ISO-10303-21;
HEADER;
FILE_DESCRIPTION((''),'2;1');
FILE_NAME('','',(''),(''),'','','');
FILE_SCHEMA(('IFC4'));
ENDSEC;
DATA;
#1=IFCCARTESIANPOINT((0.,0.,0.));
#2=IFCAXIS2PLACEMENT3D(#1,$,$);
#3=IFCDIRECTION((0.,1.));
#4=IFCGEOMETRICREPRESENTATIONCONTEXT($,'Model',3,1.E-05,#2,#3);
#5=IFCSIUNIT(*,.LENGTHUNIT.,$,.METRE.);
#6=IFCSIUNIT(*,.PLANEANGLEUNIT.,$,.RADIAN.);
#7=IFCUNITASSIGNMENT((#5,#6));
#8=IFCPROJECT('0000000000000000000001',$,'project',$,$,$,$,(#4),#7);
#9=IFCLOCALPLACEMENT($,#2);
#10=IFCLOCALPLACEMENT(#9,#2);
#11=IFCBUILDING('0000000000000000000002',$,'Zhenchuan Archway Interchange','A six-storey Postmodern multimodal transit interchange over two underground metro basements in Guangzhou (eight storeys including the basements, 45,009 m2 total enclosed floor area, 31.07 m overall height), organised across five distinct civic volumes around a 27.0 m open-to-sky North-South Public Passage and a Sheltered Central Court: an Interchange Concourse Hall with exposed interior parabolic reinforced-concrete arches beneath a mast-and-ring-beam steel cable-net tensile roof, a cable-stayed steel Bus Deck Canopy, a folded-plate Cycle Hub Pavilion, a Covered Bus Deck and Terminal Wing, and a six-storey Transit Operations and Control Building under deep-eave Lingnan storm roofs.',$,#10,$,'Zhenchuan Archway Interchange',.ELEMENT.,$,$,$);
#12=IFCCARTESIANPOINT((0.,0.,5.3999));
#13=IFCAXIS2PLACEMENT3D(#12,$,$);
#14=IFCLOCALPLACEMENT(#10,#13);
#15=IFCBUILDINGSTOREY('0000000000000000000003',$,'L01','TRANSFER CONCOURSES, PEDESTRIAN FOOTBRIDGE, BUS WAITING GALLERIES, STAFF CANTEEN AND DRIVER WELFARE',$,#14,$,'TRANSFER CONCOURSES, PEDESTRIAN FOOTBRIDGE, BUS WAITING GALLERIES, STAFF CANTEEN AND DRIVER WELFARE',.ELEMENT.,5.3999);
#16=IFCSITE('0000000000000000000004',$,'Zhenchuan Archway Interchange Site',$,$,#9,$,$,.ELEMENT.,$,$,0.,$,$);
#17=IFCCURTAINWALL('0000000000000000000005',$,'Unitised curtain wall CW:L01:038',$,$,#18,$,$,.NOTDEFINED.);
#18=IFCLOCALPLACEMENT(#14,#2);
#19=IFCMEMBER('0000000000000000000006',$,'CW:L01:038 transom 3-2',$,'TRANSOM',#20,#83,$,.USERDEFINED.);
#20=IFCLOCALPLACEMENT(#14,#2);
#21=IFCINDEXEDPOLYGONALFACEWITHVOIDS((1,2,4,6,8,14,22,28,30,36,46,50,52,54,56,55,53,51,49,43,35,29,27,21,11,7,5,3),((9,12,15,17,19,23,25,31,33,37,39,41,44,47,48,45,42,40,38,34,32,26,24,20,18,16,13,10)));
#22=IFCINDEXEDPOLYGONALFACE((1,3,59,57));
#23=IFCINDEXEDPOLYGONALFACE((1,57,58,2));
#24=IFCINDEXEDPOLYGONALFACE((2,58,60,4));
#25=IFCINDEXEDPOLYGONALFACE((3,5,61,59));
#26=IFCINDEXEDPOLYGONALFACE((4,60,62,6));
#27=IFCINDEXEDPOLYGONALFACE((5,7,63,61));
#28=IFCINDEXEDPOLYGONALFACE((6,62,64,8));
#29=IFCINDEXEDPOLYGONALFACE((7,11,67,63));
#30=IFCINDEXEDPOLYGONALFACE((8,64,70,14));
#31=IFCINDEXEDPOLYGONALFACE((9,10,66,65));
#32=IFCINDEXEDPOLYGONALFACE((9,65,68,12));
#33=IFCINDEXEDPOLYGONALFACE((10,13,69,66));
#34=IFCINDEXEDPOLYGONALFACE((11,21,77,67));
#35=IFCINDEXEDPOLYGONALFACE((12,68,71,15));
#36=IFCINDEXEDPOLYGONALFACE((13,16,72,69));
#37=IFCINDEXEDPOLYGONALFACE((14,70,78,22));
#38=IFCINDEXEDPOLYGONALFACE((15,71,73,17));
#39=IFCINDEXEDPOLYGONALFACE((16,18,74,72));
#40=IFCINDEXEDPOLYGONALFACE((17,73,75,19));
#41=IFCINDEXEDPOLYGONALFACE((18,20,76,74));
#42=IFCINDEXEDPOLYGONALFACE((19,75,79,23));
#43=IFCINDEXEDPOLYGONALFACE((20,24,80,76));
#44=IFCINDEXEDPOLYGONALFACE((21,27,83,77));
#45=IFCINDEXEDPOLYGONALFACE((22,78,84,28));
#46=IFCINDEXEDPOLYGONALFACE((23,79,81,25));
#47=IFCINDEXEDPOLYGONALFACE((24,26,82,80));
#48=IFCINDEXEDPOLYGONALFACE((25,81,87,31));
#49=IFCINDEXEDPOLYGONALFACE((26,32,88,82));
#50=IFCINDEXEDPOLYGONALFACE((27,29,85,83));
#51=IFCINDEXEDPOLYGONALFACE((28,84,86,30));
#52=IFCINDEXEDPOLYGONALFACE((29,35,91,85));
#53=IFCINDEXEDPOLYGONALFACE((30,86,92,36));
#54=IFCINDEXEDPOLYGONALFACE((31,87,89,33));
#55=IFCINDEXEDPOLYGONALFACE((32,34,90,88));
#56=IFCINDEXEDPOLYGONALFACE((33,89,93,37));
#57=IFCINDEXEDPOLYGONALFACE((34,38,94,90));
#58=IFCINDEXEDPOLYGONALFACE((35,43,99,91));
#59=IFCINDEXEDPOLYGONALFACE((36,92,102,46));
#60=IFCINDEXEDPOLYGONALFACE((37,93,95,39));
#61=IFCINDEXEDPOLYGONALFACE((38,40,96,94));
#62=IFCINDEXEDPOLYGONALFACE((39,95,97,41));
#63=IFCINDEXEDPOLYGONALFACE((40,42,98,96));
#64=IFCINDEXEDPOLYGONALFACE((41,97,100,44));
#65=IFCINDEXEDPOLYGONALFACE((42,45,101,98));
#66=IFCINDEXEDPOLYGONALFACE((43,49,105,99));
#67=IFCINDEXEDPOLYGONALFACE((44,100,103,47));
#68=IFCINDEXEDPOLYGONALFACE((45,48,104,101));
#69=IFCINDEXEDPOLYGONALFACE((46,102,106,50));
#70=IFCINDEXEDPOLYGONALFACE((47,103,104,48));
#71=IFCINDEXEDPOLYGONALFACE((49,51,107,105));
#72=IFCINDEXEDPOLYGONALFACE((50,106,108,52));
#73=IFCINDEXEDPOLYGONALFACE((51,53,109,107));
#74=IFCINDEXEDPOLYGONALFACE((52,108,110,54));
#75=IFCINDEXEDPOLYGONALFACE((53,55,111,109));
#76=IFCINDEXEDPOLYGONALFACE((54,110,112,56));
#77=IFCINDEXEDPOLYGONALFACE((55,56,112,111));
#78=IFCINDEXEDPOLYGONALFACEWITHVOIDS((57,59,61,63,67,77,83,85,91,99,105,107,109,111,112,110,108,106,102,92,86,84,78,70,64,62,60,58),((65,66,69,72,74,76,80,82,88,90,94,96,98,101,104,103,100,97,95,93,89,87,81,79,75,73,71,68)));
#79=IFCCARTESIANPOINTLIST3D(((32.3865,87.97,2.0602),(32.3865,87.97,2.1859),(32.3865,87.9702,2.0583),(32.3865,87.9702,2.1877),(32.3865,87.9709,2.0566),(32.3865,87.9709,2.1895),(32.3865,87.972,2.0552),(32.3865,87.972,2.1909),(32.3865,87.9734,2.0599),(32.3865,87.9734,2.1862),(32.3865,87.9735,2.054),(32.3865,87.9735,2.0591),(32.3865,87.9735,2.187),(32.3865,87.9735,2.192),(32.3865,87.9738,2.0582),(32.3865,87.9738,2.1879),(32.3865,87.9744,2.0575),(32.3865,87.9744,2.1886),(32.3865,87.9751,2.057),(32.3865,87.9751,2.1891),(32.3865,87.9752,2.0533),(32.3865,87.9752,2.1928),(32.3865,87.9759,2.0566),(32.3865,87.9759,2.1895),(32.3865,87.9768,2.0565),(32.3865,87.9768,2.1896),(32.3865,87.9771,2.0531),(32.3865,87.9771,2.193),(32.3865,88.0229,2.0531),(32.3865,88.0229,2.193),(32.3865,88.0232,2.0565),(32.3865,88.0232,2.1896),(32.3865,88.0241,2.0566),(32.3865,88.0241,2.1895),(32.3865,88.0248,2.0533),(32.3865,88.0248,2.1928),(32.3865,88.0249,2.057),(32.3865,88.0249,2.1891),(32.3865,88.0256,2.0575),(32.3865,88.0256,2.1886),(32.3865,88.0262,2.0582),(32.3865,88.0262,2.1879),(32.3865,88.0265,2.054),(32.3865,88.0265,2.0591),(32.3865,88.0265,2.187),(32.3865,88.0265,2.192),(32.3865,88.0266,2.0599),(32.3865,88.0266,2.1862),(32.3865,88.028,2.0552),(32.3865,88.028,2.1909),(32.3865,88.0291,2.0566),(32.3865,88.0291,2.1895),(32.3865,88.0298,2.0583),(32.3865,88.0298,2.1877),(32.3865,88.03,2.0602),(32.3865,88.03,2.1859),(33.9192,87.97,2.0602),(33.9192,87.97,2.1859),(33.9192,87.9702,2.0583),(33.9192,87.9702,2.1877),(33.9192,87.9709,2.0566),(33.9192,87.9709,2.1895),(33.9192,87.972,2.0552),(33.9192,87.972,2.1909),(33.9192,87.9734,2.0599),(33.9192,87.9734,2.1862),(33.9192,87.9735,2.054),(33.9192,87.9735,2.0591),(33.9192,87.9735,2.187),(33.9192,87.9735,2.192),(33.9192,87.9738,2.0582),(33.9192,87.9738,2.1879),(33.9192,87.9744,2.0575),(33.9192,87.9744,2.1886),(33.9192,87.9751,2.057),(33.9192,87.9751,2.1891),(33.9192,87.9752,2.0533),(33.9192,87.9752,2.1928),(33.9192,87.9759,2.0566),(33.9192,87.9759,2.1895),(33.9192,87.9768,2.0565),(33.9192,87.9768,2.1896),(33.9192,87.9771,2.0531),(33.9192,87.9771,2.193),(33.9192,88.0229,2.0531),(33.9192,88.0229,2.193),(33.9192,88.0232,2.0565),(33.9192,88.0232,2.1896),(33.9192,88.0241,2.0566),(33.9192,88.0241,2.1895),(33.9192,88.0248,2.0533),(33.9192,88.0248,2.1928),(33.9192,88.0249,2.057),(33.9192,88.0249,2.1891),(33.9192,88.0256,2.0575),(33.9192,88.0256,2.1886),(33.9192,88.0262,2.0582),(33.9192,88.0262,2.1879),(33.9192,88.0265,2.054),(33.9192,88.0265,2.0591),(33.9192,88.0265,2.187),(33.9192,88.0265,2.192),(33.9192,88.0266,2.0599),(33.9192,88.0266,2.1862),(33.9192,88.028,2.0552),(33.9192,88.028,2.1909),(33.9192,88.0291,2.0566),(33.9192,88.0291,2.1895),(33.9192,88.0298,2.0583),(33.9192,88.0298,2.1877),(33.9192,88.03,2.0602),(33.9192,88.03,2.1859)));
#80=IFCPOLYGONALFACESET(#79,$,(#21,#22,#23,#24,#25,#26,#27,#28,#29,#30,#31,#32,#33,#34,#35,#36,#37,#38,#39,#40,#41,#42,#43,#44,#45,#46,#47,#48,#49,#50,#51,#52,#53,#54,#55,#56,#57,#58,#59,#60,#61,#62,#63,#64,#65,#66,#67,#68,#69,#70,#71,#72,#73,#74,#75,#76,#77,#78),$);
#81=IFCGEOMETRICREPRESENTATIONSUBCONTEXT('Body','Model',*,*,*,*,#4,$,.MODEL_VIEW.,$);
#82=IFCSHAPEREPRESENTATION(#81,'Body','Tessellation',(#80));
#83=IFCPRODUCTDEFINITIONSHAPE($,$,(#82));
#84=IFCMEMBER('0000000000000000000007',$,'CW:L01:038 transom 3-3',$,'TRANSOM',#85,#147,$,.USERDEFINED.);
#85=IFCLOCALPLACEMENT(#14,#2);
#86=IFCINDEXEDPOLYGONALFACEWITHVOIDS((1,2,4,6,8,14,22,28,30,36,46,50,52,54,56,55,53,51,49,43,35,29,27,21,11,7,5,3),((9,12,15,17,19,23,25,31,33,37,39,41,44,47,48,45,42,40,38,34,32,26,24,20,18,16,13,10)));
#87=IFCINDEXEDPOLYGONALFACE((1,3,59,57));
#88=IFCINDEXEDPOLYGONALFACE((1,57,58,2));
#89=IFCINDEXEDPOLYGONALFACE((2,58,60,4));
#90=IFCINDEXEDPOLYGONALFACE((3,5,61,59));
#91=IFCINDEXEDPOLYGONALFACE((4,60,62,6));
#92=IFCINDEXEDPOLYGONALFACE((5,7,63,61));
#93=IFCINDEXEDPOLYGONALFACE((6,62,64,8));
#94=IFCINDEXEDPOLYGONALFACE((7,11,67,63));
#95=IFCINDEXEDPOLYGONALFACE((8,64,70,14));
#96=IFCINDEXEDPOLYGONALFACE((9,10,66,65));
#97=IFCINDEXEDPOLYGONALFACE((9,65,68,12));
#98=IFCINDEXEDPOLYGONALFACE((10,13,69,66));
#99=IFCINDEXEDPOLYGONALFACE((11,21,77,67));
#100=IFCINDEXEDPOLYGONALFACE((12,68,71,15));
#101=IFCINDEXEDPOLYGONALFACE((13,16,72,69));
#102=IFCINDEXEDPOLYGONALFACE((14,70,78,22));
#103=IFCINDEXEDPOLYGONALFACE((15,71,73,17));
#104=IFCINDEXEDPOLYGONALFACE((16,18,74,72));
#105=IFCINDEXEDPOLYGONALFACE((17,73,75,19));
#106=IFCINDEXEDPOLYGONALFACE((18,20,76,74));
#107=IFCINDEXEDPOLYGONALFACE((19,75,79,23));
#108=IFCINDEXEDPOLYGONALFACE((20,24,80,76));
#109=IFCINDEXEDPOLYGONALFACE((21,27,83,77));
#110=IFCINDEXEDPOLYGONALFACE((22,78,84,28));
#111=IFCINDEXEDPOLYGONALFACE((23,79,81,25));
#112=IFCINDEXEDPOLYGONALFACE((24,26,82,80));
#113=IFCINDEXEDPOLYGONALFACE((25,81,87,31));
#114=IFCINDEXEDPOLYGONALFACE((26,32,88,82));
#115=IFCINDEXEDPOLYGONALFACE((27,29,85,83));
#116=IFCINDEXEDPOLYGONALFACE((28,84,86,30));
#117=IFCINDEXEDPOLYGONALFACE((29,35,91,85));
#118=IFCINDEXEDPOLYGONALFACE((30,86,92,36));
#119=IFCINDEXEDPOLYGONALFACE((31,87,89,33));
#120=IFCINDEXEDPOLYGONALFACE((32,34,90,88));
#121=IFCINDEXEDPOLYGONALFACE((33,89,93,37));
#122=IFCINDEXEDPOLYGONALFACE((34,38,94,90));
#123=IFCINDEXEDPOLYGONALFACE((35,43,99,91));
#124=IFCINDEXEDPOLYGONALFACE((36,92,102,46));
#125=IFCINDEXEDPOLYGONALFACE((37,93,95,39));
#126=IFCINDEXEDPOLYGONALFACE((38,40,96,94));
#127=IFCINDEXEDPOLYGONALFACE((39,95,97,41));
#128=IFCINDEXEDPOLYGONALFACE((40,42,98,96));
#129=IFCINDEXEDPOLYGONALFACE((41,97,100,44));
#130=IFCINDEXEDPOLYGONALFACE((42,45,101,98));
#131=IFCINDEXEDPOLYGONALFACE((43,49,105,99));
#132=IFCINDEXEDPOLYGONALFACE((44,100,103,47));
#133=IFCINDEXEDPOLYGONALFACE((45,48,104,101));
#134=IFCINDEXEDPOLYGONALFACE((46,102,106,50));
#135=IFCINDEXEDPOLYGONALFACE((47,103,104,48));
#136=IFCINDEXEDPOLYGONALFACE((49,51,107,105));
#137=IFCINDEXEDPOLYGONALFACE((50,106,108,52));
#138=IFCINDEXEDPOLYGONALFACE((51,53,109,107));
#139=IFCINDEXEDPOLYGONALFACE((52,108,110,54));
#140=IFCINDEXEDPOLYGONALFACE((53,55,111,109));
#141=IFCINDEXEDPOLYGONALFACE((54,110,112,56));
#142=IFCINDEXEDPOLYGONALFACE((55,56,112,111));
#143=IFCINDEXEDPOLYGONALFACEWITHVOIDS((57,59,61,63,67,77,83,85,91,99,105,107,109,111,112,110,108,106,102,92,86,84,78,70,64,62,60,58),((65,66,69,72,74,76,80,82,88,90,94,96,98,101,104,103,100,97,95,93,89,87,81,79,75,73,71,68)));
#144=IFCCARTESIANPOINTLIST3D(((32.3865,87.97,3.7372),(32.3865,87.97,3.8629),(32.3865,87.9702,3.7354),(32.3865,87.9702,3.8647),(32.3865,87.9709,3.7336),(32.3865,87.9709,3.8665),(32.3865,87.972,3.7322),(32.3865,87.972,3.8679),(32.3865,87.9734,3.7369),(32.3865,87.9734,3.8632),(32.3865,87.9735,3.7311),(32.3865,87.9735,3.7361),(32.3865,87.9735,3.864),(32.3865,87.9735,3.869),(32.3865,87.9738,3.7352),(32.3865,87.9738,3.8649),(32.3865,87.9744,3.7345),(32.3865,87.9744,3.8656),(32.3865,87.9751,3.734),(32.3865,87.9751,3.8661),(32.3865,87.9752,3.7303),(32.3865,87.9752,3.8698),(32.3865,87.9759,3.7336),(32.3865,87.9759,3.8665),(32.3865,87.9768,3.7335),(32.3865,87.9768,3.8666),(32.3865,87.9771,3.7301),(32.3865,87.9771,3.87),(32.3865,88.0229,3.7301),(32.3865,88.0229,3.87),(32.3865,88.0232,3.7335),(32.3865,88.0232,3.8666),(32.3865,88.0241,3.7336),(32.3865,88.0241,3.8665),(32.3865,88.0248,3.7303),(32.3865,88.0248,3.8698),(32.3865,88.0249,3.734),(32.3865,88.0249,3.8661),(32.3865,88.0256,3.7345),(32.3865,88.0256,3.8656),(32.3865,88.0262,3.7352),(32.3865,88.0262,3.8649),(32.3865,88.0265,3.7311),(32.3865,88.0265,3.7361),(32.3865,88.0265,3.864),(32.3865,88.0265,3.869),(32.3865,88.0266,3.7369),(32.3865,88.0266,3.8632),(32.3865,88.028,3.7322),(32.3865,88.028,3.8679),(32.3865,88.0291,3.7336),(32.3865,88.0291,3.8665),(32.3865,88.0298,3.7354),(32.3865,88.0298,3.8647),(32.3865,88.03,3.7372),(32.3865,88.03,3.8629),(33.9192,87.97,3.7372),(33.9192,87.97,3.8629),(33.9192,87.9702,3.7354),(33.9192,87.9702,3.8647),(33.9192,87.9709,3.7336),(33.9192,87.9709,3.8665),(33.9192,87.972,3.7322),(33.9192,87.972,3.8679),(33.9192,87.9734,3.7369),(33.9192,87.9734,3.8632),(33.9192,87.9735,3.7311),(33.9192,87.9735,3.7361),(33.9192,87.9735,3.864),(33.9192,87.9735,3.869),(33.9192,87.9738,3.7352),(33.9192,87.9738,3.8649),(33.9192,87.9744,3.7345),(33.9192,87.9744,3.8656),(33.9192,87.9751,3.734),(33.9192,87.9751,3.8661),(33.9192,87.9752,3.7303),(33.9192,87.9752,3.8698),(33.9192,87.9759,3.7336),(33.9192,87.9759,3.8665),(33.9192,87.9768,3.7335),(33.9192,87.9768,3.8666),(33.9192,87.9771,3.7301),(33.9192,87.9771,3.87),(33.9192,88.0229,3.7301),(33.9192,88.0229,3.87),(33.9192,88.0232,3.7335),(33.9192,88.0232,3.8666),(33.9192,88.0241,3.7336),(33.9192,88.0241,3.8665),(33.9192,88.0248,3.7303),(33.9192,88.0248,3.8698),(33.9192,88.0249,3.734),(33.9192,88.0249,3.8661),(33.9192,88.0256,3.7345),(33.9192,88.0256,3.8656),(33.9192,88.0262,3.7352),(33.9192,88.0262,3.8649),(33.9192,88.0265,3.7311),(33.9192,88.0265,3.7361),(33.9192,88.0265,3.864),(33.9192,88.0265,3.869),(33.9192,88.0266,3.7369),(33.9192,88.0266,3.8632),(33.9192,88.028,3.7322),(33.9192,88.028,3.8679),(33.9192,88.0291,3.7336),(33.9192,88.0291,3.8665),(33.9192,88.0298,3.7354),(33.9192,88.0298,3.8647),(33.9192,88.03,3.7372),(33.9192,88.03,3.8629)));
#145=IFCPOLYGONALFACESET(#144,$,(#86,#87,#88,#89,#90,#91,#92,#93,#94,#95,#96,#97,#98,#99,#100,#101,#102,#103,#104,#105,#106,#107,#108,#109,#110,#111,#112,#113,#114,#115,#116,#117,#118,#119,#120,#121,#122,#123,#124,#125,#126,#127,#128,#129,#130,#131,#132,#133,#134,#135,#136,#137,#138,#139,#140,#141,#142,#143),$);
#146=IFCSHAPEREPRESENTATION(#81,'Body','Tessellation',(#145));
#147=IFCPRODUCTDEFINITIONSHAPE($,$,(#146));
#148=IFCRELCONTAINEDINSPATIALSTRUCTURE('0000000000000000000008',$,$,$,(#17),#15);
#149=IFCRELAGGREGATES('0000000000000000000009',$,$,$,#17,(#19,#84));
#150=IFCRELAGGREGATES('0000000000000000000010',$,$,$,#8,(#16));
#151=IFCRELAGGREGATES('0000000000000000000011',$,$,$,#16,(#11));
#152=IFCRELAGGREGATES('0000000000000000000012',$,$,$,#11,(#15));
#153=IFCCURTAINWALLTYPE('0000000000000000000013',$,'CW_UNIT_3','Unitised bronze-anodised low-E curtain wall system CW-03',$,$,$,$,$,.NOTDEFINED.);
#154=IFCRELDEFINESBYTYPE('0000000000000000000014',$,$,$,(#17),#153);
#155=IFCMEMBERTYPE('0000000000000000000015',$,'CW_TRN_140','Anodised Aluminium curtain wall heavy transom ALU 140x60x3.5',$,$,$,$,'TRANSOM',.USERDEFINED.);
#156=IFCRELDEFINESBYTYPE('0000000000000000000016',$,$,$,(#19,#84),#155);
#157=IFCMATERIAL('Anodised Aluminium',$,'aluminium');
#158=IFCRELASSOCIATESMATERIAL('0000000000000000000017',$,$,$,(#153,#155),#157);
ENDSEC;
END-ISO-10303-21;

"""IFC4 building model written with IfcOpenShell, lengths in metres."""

from ifc_helpers import new_model, si_unit, direction, frame, origin, origin_2d, place, context, subcontext, project, spatial, hollow_rectangle, extrude, material, material_profile, profile_set, type_object, element, aggregate, save


model = new_model("IFC4")

# Units and contexts
model_context = context("Model", 3, precision=1e-05, world=origin(), true_north=direction((0.0, 1.0)))
body_context = subcontext(model_context, "Body", "Model", "MODEL_VIEW")
ifc_project = project(units=[si_unit("LENGTHUNIT", "METRE"), si_unit("PLANEANGLEUNIT", "RADIAN")], contexts=[model_context])

# Site, building, storey
site_placement = place(None, origin())
site = spatial("IfcSite", under=ifc_project, at=site_placement, Name="Zhenchuan Archway Interchange Site", CompositionType="ELEMENT", RefElevation=0.0)
building_placement = place(site_placement, origin())
building = spatial("IfcBuilding", under=site, at=building_placement, Name="Zhenchuan Archway Interchange", Description="A six-storey Postmodern multimodal transit interchange over two underground metro basements in Guangzhou (eight storeys including the basements, 45,009 m2 total enclosed floor area, 31.07 m overall height), organised across five distinct civic volumes around a 27.0 m open-to-sky North-South Public Passage and a Sheltered Central Court: an Interchange Concourse Hall with exposed interior parabolic reinforced-concrete arches beneath a mast-and-ring-beam steel cable-net tensile roof, a cable-stayed steel Bus Deck Canopy, a folded-plate Cycle Hub Pavilion, a Covered Bus Deck and Terminal Wing, and a six-storey Transit Operations and Control Building under deep-eave Lingnan storm roofs.", LongName="Zhenchuan Archway Interchange", CompositionType="ELEMENT")
storey_placement = place(building_placement, frame((0.0, 0.0, 5.3999)))
storey = spatial("IfcBuildingStorey", under=building, at=storey_placement, Name="L01", Description="TRANSFER CONCOURSES, PEDESTRIAN FOOTBRIDGE, BUS WAITING GALLERIES, STAFF CANTEEN AND DRIVER WELFARE", LongName="TRANSFER CONCOURSES, PEDESTRIAN FOOTBRIDGE, BUS WAITING GALLERIES, STAFF CANTEEN AND DRIVER WELFARE", CompositionType="ELEMENT", Elevation=5.3999)

# Curtain wall, members
ifc_material_1 = material(Name="Anodised Aluminium", Category="aluminium")
curtain_wall_type_1 = type_object("IfcCurtainWallType", Name="CW_UNIT_3", Description="Unitised bronze-anodised low-E curtain wall system CW-03", PredefinedType="NOTDEFINED", material=ifc_material_1)
curtain_wall_1_placement = place(storey_placement, origin())
curtain_wall_1 = element("IfcCurtainWall", 1, at=curtain_wall_1_placement, inside=storey, type_object=curtain_wall_type_1, Name="Unitised curtain wall CW:L01:038", PredefinedType="NOTDEFINED")
ifc_material_profile_1 = material_profile(ifc_material_1, hollow_rectangle(XDim=0.0601, YDim=0.1399, WallThickness=0.0034, InnerFilletRadius=0.0034, OuterFilletRadius=0.0071, at=origin_2d()), Name="ALU 140x60x3.5")
ifc_profile_set_1 = profile_set([ifc_material_profile_1], Name="Anodised Aluminium")
member_type_1 = type_object("IfcMemberType", Name="CW_TRN_140", Description="Anodised Aluminium curtain wall heavy transom ALU 140x60x3.5", ElementType="TRANSOM", PredefinedType="USERDEFINED", material=ifc_profile_set_1)
member_1_placement = place(storey_placement, frame((32.3865, 88.0, 2.123), z_axis=(1.0, 0.0, 0.0), x_axis=(0.0, 1.0, 0.0)))
member_1 = element("IfcMember", 2, at=member_1_placement, type_object=member_type_1, Name="CW:L01:038 transom 3-2", ObjectType="TRANSOM", PredefinedType="USERDEFINED", context=body_context, shape_type="SweptSolid", body=[
    extrude(hollow_rectangle(XDim=0.0601, YDim=0.1399, WallThickness=0.0034, InnerFilletRadius=0.0034, OuterFilletRadius=0.0071, at=origin_2d()), origin(), (0.0, 0.0, 1.0), 1.5327),
])
member_2_placement = place(storey_placement, frame((32.3865, 88.0, 3.8), z_axis=(1.0, 0.0, 0.0), x_axis=(0.0, 1.0, 0.0)))
member_2 = element("IfcMember", 3, at=member_2_placement, type_object=member_type_1, Name="CW:L01:038 transom 3-3", ObjectType="TRANSOM", PredefinedType="USERDEFINED", context=body_context, shape_type="SweptSolid", body=[
    extrude(hollow_rectangle(XDim=0.0601, YDim=0.1399, WallThickness=0.0034, InnerFilletRadius=0.0034, OuterFilletRadius=0.0071, at=origin_2d()), origin(), (0.0, 0.0, 1.0), 1.5327),
])

aggregate(curtain_wall_1, [member_1, member_2])

save(model, "model.ifc")
